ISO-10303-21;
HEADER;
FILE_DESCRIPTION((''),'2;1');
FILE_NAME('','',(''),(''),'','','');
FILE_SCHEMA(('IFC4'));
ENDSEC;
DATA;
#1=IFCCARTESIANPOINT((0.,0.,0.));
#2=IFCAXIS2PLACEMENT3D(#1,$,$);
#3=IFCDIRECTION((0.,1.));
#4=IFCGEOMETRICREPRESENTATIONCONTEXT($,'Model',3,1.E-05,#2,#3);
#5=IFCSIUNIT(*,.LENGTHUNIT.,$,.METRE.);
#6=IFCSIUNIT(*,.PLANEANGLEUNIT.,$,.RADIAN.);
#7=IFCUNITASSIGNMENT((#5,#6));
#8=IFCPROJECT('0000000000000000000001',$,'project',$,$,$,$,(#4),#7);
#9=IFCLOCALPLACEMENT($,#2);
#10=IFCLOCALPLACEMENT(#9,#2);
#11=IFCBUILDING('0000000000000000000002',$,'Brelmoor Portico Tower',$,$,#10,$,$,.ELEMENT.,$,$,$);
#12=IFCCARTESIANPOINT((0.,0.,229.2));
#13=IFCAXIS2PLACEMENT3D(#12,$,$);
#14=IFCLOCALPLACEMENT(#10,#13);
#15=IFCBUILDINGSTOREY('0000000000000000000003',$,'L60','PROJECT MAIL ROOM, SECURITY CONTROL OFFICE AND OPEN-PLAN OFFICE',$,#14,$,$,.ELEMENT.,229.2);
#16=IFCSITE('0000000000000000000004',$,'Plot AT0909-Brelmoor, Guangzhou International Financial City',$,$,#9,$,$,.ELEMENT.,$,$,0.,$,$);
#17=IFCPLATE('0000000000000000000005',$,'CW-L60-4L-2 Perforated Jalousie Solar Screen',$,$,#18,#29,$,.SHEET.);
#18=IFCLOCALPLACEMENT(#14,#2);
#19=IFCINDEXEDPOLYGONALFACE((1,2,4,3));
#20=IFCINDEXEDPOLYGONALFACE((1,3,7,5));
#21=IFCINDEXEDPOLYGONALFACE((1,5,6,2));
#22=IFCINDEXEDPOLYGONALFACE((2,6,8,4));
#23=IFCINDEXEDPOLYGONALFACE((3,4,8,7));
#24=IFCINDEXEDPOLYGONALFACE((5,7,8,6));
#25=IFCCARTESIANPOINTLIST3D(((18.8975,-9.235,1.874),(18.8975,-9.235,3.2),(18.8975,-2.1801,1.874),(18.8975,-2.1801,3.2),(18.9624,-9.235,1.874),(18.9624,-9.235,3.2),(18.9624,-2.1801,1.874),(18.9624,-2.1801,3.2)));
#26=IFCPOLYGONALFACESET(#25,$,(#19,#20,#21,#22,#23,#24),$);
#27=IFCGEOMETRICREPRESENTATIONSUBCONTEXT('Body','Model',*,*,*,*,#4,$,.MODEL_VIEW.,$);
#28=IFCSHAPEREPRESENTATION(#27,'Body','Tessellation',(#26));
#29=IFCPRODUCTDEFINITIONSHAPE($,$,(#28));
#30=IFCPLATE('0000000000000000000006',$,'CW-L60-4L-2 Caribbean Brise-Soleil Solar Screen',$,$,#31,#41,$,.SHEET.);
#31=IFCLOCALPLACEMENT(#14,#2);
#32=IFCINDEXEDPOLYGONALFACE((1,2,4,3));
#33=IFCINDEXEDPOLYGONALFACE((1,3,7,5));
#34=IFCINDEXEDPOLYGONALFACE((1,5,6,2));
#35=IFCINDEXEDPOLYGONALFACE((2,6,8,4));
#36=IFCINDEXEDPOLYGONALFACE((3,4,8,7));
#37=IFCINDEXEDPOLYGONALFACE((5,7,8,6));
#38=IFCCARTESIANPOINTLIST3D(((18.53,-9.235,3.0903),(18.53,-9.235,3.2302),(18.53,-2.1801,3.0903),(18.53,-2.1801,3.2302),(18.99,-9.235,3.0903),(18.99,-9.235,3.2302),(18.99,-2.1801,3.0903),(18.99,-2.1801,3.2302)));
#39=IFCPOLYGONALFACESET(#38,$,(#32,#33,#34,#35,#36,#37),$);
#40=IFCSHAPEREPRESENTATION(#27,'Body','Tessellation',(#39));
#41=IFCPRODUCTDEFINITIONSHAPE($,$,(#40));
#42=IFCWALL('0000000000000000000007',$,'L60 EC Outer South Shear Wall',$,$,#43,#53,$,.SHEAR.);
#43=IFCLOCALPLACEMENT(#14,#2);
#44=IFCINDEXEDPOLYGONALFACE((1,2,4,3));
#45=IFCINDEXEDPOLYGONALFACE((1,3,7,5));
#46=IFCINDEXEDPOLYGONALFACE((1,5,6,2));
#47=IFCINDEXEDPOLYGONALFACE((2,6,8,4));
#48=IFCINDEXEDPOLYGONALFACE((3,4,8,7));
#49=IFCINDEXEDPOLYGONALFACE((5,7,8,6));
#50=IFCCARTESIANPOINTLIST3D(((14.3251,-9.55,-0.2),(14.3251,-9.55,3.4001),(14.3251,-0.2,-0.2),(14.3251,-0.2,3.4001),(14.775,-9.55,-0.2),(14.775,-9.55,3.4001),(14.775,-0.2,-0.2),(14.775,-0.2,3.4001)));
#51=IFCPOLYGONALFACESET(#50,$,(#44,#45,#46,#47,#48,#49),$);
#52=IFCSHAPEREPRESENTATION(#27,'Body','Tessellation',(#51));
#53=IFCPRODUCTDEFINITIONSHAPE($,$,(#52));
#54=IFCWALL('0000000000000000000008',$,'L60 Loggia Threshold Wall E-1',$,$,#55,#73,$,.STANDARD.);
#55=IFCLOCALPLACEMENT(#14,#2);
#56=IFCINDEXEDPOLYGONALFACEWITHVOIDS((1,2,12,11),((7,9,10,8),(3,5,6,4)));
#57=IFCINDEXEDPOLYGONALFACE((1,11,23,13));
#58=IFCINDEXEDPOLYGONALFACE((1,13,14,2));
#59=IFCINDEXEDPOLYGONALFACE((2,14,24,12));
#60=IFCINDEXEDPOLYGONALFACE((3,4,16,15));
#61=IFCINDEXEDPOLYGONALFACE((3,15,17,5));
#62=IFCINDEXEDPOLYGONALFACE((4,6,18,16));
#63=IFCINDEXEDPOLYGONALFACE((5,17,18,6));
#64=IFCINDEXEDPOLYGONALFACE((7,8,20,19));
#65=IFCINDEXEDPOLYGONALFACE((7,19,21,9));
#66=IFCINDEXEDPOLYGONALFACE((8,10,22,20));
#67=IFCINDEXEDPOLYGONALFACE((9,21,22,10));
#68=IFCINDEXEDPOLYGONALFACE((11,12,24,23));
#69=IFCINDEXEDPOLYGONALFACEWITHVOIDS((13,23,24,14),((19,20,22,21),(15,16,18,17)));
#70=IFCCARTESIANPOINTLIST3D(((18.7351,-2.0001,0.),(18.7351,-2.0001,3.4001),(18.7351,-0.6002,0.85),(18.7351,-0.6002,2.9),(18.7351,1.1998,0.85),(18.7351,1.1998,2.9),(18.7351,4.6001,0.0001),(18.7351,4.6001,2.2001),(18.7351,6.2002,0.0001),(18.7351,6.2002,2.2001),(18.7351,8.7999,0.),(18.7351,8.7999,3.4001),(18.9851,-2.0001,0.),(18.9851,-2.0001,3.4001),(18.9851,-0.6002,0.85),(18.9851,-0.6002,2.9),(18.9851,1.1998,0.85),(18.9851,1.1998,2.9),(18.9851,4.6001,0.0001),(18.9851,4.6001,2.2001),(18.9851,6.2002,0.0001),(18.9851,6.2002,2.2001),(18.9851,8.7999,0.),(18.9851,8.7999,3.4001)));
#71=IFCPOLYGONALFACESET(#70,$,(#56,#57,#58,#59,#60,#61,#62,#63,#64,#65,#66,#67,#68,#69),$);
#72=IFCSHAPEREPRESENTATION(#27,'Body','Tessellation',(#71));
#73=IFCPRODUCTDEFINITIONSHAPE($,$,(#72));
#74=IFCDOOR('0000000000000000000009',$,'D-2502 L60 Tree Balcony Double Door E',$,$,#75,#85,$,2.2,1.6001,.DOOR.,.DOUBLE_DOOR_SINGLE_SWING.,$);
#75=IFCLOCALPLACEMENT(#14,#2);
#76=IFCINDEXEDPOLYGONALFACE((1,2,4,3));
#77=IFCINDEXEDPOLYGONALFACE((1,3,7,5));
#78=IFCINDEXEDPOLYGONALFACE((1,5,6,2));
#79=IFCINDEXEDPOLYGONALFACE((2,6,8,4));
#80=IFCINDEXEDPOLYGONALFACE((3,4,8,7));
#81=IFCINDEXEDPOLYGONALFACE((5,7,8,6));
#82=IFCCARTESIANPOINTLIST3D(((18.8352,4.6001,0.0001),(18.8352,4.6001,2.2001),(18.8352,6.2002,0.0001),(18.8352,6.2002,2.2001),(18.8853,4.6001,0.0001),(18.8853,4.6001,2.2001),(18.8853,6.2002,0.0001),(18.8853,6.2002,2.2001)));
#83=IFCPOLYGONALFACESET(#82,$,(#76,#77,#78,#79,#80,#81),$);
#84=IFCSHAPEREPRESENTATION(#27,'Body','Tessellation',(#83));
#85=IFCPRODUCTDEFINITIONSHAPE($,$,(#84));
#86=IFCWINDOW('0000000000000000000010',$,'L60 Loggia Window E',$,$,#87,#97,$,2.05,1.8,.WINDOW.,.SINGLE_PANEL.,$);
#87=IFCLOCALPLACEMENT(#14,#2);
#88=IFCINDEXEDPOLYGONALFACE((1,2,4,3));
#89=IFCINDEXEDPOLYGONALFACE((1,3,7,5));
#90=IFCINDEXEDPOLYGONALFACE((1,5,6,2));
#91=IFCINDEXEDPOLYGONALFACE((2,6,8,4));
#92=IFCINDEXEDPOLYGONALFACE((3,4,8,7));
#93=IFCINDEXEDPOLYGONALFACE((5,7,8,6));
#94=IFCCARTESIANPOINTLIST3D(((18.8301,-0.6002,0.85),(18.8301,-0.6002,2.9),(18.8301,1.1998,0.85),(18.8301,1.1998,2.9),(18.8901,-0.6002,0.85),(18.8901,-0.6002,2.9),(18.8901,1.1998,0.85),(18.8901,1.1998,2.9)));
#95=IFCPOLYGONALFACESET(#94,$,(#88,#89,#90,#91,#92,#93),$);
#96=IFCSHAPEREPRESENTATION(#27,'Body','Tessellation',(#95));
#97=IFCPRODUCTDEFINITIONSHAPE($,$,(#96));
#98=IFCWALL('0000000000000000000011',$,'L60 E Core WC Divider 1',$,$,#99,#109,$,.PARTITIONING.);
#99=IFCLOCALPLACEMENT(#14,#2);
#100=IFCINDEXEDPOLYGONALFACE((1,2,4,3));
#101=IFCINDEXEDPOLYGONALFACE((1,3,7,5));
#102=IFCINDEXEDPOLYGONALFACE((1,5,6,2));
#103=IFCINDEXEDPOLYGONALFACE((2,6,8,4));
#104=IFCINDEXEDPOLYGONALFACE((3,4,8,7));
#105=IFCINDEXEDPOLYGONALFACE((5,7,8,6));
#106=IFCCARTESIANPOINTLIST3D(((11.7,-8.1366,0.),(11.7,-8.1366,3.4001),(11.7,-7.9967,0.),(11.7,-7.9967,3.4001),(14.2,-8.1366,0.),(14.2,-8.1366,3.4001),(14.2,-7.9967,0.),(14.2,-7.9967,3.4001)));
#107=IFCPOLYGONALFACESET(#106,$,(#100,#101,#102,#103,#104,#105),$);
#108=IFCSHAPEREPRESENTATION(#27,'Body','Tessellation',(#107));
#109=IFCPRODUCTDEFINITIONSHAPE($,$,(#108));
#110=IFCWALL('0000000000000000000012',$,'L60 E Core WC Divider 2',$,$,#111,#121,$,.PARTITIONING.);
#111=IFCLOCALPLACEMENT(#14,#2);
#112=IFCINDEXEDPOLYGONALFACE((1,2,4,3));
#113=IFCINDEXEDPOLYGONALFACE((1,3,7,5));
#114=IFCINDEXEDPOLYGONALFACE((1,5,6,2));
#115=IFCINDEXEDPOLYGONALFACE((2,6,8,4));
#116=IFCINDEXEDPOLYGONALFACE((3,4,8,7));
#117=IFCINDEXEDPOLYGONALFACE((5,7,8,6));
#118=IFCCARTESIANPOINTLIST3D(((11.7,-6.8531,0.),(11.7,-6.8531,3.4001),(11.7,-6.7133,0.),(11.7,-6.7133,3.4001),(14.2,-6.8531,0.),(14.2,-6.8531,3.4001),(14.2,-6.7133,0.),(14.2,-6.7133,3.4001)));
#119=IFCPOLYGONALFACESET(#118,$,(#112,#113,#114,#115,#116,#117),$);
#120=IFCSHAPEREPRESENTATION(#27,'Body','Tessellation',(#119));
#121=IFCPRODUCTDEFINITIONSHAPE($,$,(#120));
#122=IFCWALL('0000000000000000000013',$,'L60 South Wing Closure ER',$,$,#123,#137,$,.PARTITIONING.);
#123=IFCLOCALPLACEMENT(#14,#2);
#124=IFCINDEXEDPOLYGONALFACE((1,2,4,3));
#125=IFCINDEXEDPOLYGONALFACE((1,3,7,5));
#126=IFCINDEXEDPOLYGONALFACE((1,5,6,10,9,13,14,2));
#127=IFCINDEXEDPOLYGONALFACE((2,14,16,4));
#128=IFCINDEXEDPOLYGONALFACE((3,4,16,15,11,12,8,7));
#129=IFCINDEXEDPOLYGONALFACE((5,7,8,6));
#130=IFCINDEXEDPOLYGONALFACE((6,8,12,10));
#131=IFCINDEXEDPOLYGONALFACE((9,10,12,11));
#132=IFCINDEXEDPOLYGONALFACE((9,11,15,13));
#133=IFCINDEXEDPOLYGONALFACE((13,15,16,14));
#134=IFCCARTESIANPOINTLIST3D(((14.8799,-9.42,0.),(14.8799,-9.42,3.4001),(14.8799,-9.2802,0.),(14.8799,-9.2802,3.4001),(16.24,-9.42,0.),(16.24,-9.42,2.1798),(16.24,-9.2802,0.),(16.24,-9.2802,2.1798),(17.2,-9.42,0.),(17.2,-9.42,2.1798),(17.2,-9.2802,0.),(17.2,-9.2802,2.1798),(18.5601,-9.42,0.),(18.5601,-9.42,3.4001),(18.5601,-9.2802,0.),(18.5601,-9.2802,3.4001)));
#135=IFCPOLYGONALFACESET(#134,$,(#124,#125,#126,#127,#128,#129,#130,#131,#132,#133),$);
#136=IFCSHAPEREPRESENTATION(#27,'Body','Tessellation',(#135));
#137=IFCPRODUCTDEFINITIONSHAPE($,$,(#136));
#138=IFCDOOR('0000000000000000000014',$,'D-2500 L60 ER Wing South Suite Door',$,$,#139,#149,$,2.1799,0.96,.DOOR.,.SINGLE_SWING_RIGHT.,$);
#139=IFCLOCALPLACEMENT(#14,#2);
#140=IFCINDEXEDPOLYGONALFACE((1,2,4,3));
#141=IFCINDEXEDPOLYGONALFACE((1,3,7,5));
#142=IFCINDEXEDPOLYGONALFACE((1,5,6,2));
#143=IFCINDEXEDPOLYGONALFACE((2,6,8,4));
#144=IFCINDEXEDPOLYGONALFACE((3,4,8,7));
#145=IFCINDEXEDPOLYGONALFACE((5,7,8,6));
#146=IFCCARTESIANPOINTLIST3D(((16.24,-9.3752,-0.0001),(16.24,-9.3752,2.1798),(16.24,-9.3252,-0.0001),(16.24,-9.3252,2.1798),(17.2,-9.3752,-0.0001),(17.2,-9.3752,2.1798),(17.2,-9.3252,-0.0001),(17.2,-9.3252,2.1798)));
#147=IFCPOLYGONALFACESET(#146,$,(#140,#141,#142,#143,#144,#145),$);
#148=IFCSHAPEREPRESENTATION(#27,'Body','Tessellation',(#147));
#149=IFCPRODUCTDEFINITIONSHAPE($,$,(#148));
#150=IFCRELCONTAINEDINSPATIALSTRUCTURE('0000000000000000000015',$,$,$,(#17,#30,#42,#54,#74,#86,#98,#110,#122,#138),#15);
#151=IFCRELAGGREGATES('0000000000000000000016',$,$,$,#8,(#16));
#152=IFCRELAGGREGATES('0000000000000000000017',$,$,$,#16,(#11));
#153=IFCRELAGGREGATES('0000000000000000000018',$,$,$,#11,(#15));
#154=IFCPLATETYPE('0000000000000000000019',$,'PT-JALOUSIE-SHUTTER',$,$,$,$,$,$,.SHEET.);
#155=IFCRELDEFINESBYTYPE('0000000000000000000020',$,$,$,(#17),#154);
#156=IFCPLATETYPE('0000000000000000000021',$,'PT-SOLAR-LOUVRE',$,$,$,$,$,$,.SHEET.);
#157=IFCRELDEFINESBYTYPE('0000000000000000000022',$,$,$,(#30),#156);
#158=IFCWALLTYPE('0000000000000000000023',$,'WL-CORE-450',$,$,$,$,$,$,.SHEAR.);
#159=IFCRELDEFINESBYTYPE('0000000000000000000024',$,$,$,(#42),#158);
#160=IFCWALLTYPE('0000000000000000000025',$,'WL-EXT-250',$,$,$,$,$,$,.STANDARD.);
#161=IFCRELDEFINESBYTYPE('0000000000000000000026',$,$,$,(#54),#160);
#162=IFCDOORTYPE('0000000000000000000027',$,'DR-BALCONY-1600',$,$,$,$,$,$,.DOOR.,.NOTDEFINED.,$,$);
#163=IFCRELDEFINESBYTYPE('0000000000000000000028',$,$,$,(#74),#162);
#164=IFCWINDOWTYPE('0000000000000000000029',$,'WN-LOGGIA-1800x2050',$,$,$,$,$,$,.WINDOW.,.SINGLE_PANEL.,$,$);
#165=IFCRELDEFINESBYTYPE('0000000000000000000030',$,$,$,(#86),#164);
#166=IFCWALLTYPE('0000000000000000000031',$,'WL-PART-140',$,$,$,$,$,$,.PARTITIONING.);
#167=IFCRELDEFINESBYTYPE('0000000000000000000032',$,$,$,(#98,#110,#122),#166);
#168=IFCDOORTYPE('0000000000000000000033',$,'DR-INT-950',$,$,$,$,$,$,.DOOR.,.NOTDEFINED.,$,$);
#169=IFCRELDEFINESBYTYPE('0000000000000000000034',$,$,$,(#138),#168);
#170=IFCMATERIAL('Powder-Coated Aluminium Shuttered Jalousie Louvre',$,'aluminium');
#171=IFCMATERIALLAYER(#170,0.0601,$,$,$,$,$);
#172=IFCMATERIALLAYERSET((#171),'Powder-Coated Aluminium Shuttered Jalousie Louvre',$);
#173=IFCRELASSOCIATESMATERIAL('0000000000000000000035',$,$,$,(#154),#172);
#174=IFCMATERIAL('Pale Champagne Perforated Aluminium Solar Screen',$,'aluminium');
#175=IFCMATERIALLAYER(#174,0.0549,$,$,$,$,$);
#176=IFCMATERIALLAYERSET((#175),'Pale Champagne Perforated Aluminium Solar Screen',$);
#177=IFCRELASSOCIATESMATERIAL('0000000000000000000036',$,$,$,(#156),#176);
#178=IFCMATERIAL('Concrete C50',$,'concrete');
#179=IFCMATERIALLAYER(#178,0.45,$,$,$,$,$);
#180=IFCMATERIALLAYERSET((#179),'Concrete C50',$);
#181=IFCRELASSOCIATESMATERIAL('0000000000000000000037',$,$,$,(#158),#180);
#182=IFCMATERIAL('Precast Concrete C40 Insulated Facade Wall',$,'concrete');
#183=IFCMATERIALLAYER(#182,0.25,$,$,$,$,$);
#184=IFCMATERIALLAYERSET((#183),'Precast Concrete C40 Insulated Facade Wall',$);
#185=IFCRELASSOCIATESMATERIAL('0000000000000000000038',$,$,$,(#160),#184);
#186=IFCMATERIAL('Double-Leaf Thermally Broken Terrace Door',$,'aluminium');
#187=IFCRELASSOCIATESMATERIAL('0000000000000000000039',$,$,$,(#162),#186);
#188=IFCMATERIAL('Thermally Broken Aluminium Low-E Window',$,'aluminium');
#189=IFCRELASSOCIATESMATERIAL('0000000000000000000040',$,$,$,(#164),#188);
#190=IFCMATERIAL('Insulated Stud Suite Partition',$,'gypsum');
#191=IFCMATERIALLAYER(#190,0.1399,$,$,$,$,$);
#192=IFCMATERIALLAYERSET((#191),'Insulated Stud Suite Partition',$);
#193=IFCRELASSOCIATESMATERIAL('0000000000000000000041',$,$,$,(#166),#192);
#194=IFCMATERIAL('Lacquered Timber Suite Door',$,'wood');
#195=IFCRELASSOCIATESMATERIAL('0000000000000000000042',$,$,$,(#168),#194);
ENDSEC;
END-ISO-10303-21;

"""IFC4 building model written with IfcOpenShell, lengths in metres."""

from ifc_helpers import new_model, si_unit, direction, frame, frame_2d, origin, origin_2d, place, context, subcontext, project, spatial, rectangle, extrude, material, layer, layer_set, type_object, element, fill, save


model = new_model("IFC4")

# Units and contexts
model_context = context("Model", 3, precision=1e-05, world=origin(), true_north=direction((0.0, 1.0)))
body_context = subcontext(model_context, "Body", "Model", "MODEL_VIEW")
ifc_project = project(units=[si_unit("LENGTHUNIT", "METRE"), si_unit("PLANEANGLEUNIT", "RADIAN")], contexts=[model_context])

# Site, building, storey
site_placement = place(None, origin())
site = spatial("IfcSite", under=ifc_project, at=site_placement, Name="Plot AT0909-Brelmoor, Guangzhou International Financial City", CompositionType="ELEMENT", RefElevation=0.0)
building_placement = place(site_placement, origin())
building = spatial("IfcBuilding", under=site, at=building_placement, Name="Brelmoor Portico Tower", CompositionType="ELEMENT")
storey_placement = place(building_placement, frame((0.0, 0.0, 229.2)))
storey = spatial("IfcBuildingStorey", under=building, at=storey_placement, Name="L60", Description="PROJECT MAIL ROOM, SECURITY CONTROL OFFICE AND OPEN-PLAN OFFICE", CompositionType="ELEMENT", Elevation=229.2)

# Plates
ifc_material_1 = material(Name="Powder-Coated Aluminium Shuttered Jalousie Louvre", Category="aluminium")
ifc_layer_1 = layer(ifc_material_1, 0.0601)
ifc_layer_set_1 = layer_set([ifc_layer_1], Name="Powder-Coated Aluminium Shuttered Jalousie Louvre")
plate_type_1 = type_object("IfcPlateType", Name="PT-JALOUSIE-SHUTTER", PredefinedType="SHEET", material=ifc_layer_set_1)
plate_1_placement = place(storey_placement, frame((18.9299, -5.7075, 1.874), z_axis=(0.0, 0.0, 1.0), x_axis=(0.0, 1.0, 0.0)))
element("IfcPlate", 1, at=plate_1_placement, inside=storey, type_object=plate_type_1, Name="CW-L60-4L-2 Perforated Jalousie Solar Screen", PredefinedType="SHEET", context=body_context, shape_type="SweptSolid", body=[
    extrude(rectangle(XDim=7.0549, YDim=0.0649, at=origin_2d()), origin(), (0.0, 0.0, 1.0), 1.3259),
])
ifc_material_2 = material(Name="Pale Champagne Perforated Aluminium Solar Screen", Category="aluminium")
ifc_layer_2 = layer(ifc_material_2, 0.0549)
ifc_layer_set_2 = layer_set([ifc_layer_2], Name="Pale Champagne Perforated Aluminium Solar Screen")
plate_type_2 = type_object("IfcPlateType", Name="PT-SOLAR-LOUVRE", PredefinedType="SHEET", material=ifc_layer_set_2)
plate_2_placement = place(storey_placement, frame((18.76, -5.7075, 3.0903), z_axis=(0.0, 0.0, 1.0), x_axis=(0.0, 1.0, 0.0)))
element("IfcPlate", 2, at=plate_2_placement, inside=storey, type_object=plate_type_2, Name="CW-L60-4L-2 Caribbean Brise-Soleil Solar Screen", PredefinedType="SHEET", context=body_context, shape_type="SweptSolid", body=[
    extrude(rectangle(XDim=7.0549, YDim=0.46, at=origin_2d()), origin(), (0.0, 0.0, 1.0), 0.1399),
])

# Wall
ifc_material_3 = material(Name="Concrete C50", Category="concrete")
ifc_layer_3 = layer(ifc_material_3, 0.45)
ifc_layer_set_3 = layer_set([ifc_layer_3], Name="Concrete C50")
wall_type_1 = type_object("IfcWallType", Name="WL-CORE-450", PredefinedType="SHEAR", material=ifc_layer_set_3)
wall_1_placement = place(storey_placement, frame((14.55, -9.55, -0.2), z_axis=(0.0, 0.0, 1.0), x_axis=(0.0, 1.0, 0.0)))
element("IfcWall", 3, at=wall_1_placement, inside=storey, type_object=wall_type_1, Name="L60 EC Outer South Shear Wall", PredefinedType="SHEAR", context=body_context, shape_type="SweptSolid", body=[
    extrude(rectangle(XDim=9.3501, YDim=0.45, at=frame_2d((4.675, 0.0))), origin(), (0.0, 0.0, 1.0), 3.6001),
])

# Wall, openings, door, window
ifc_material_4 = material(Name="Precast Concrete C40 Insulated Facade Wall", Category="concrete")
ifc_layer_4 = layer(ifc_material_4, 0.25)
ifc_layer_set_4 = layer_set([ifc_layer_4], Name="Precast Concrete C40 Insulated Facade Wall")
wall_type_2 = type_object("IfcWallType", Name="WL-EXT-250", PredefinedType="STANDARD", material=ifc_layer_set_4)
wall_2_placement = place(storey_placement, frame((18.8601, -2.0, 0.0), z_axis=(0.0, 0.0, 1.0), x_axis=(0.0, 1.0, 0.0)))
wall_2 = element("IfcWall", 4, at=wall_2_placement, inside=storey, type_object=wall_type_2, Name="L60 Loggia Threshold Wall E-1", PredefinedType="STANDARD", context=body_context, shape_type="SweptSolid", body=[
    extrude(rectangle(XDim=10.8, YDim=0.25, at=frame_2d((5.3999, 0.0))), origin(), (0.0, 0.0, 1.0), 3.4001),
])
opening_1_placement = place(wall_2_placement, frame((6.6001, 0.0, 0.0)))
opening_1 = element("IfcOpeningElement", 5, at=opening_1_placement, cuts=wall_2, PredefinedType="OPENING", context=body_context, shape_type="SweptSolid", body=[
    extrude(rectangle(XDim=1.6001, YDim=2.2, at=frame_2d((0.8, 1.1001))), frame((0.0, 0.135, 0.0), z_axis=(0.0, -1.0, 0.0), x_axis=(1.0, 0.0, 0.0)), (0.0, 0.0, 1.0), 0.27),
])
opening_2_placement = place(wall_2_placement, frame((1.3999, 0.0, 0.8501)))
opening_2 = element("IfcOpeningElement", 6, at=opening_2_placement, cuts=wall_2, PredefinedType="OPENING", context=body_context, shape_type="SweptSolid", body=[
    extrude(rectangle(XDim=1.8, YDim=2.05, at=frame_2d((0.8999, 1.0249))), frame((0.0, 0.135, 0.0), z_axis=(0.0, -1.0, 0.0), x_axis=(1.0, 0.0, 0.0)), (0.0, 0.0, 1.0), 0.27),
])
ifc_material_5 = material(Name="Double-Leaf Thermally Broken Terrace Door", Category="aluminium")
door_type_1 = type_object("IfcDoorType", Name="DR-BALCONY-1600", OperationType="NOTDEFINED", PredefinedType="DOOR", material=ifc_material_5)
door_1_placement = place(opening_1_placement, origin())
door_1 = element("IfcDoor", 7, at=door_1_placement, inside=storey, type_object=door_type_1, Name="D-2502 L60 Tree Balcony Double Door E", OperationType="DOUBLE_DOOR_SINGLE_SWING", OverallHeight=2.2, OverallWidth=1.6001, PredefinedType="DOOR", context=body_context, shape_type="SweptSolid", body=[
    extrude(rectangle(XDim=1.6001, YDim=2.2, at=frame_2d((0.8, 1.1001))), frame((0.0, 0.0249, 0.0), z_axis=(0.0, -1.0, 0.0), x_axis=(1.0, 0.0, 0.0)), (0.0, 0.0, 1.0), 0.05),
])
fill(opening_1, door_1)
ifc_material_6 = material(Name="Thermally Broken Aluminium Low-E Window", Category="aluminium")
window_type = type_object("IfcWindowType", Name="WN-LOGGIA-1800x2050", PartitioningType="SINGLE_PANEL", PredefinedType="WINDOW", material=ifc_material_6)
window_placement = place(opening_2_placement, origin())
window = element("IfcWindow", 8, at=window_placement, inside=storey, type_object=window_type, Name="L60 Loggia Window E", OverallHeight=2.05, OverallWidth=1.8, PartitioningType="SINGLE_PANEL", PredefinedType="WINDOW", context=body_context, shape_type="SweptSolid", body=[
    extrude(rectangle(XDim=1.8, YDim=2.05, at=frame_2d((0.8999, 1.0249))), frame((0.0, 0.03, 0.0), z_axis=(0.0, -1.0, 0.0), x_axis=(1.0, 0.0, 0.0)), (0.0, 0.0, 1.0), 0.0601),
])
fill(opening_2, window)

# Walls
ifc_material_7 = material(Name="Insulated Stud Suite Partition", Category="gypsum")
ifc_layer_5 = layer(ifc_material_7, 0.1399)
ifc_layer_set_5 = layer_set([ifc_layer_5], Name="Insulated Stud Suite Partition")
wall_type_3 = type_object("IfcWallType", Name="WL-PART-140", PredefinedType="PARTITIONING", material=ifc_layer_set_5)
for number, where, z_axis, x_axis, name in (
    (9, (11.7, -8.0667, 0.0), (0.0, 0.0, 1.0), (1.0, 0.0, 0.0), "L60 E Core WC Divider 1"),
    (10, (11.7, -6.7832, 0.0), (0.0, 0.0, 1.0), (1.0, 0.0, 0.0), "L60 E Core WC Divider 2"),
):
    element("IfcWall", number, at=place(storey_placement, frame(where, z_axis=z_axis, x_axis=x_axis)), inside=storey, type_object=wall_type_3, Name=name, PredefinedType="PARTITIONING", context=body_context, shape_type="SweptSolid", body=[
        extrude(rectangle(XDim=2.5, YDim=0.1399, at=frame_2d((1.25, 0.0))), origin(), (0.0, 0.0, 1.0), 3.4001),
    ])

# Wall, opening, door
wall_3_placement = place(storey_placement, frame((14.8799, -9.3501, 0.0), z_axis=(0.0, 0.0, 1.0), x_axis=(1.0, 0.0, 0.0)))
wall_3 = element("IfcWall", 11, at=wall_3_placement, inside=storey, type_object=wall_type_3, Name="L60 South Wing Closure ER", PredefinedType="PARTITIONING", context=body_context, shape_type="SweptSolid", body=[
    extrude(rectangle(XDim=3.6802, YDim=0.1399, at=frame_2d((1.8401, 0.0))), origin(), (0.0, 0.0, 1.0), 3.4001),
])
opening_3_placement = place(wall_3_placement, frame((1.3601, 0.0, 0.0)))
opening_3 = element("IfcOpeningElement", 12, at=opening_3_placement, cuts=wall_3, PredefinedType="OPENING", context=body_context, shape_type="SweptSolid", body=[
    extrude(rectangle(XDim=0.96, YDim=2.1799, at=frame_2d((0.48, 1.0898))), frame((0.0, 0.0798, 0.0), z_axis=(0.0, -1.0, 0.0), x_axis=(1.0, 0.0, 0.0)), (0.0, 0.0, 1.0), 0.1599),
])
ifc_material_8 = material(Name="Lacquered Timber Suite Door", Category="wood")
door_type_2 = type_object("IfcDoorType", Name="DR-INT-950", OperationType="NOTDEFINED", PredefinedType="DOOR", material=ifc_material_8)
door_2_placement = place(opening_3_placement, origin())
door_2 = element("IfcDoor", 13, at=door_2_placement, inside=storey, type_object=door_type_2, Name="D-2500 L60 ER Wing South Suite Door", OperationType="SINGLE_SWING_RIGHT", OverallHeight=2.1799, OverallWidth=0.96, PredefinedType="DOOR", context=body_context, shape_type="SweptSolid", body=[
    extrude(rectangle(XDim=0.96, YDim=2.1799, at=frame_2d((0.48, 1.0898))), frame((0.0, 0.0249, 0.0), z_axis=(0.0, -1.0, 0.0), x_axis=(1.0, 0.0, 0.0)), (0.0, 0.0, 1.0), 0.05),
])
fill(opening_3, door_2)

save(model, "model.ifc")
